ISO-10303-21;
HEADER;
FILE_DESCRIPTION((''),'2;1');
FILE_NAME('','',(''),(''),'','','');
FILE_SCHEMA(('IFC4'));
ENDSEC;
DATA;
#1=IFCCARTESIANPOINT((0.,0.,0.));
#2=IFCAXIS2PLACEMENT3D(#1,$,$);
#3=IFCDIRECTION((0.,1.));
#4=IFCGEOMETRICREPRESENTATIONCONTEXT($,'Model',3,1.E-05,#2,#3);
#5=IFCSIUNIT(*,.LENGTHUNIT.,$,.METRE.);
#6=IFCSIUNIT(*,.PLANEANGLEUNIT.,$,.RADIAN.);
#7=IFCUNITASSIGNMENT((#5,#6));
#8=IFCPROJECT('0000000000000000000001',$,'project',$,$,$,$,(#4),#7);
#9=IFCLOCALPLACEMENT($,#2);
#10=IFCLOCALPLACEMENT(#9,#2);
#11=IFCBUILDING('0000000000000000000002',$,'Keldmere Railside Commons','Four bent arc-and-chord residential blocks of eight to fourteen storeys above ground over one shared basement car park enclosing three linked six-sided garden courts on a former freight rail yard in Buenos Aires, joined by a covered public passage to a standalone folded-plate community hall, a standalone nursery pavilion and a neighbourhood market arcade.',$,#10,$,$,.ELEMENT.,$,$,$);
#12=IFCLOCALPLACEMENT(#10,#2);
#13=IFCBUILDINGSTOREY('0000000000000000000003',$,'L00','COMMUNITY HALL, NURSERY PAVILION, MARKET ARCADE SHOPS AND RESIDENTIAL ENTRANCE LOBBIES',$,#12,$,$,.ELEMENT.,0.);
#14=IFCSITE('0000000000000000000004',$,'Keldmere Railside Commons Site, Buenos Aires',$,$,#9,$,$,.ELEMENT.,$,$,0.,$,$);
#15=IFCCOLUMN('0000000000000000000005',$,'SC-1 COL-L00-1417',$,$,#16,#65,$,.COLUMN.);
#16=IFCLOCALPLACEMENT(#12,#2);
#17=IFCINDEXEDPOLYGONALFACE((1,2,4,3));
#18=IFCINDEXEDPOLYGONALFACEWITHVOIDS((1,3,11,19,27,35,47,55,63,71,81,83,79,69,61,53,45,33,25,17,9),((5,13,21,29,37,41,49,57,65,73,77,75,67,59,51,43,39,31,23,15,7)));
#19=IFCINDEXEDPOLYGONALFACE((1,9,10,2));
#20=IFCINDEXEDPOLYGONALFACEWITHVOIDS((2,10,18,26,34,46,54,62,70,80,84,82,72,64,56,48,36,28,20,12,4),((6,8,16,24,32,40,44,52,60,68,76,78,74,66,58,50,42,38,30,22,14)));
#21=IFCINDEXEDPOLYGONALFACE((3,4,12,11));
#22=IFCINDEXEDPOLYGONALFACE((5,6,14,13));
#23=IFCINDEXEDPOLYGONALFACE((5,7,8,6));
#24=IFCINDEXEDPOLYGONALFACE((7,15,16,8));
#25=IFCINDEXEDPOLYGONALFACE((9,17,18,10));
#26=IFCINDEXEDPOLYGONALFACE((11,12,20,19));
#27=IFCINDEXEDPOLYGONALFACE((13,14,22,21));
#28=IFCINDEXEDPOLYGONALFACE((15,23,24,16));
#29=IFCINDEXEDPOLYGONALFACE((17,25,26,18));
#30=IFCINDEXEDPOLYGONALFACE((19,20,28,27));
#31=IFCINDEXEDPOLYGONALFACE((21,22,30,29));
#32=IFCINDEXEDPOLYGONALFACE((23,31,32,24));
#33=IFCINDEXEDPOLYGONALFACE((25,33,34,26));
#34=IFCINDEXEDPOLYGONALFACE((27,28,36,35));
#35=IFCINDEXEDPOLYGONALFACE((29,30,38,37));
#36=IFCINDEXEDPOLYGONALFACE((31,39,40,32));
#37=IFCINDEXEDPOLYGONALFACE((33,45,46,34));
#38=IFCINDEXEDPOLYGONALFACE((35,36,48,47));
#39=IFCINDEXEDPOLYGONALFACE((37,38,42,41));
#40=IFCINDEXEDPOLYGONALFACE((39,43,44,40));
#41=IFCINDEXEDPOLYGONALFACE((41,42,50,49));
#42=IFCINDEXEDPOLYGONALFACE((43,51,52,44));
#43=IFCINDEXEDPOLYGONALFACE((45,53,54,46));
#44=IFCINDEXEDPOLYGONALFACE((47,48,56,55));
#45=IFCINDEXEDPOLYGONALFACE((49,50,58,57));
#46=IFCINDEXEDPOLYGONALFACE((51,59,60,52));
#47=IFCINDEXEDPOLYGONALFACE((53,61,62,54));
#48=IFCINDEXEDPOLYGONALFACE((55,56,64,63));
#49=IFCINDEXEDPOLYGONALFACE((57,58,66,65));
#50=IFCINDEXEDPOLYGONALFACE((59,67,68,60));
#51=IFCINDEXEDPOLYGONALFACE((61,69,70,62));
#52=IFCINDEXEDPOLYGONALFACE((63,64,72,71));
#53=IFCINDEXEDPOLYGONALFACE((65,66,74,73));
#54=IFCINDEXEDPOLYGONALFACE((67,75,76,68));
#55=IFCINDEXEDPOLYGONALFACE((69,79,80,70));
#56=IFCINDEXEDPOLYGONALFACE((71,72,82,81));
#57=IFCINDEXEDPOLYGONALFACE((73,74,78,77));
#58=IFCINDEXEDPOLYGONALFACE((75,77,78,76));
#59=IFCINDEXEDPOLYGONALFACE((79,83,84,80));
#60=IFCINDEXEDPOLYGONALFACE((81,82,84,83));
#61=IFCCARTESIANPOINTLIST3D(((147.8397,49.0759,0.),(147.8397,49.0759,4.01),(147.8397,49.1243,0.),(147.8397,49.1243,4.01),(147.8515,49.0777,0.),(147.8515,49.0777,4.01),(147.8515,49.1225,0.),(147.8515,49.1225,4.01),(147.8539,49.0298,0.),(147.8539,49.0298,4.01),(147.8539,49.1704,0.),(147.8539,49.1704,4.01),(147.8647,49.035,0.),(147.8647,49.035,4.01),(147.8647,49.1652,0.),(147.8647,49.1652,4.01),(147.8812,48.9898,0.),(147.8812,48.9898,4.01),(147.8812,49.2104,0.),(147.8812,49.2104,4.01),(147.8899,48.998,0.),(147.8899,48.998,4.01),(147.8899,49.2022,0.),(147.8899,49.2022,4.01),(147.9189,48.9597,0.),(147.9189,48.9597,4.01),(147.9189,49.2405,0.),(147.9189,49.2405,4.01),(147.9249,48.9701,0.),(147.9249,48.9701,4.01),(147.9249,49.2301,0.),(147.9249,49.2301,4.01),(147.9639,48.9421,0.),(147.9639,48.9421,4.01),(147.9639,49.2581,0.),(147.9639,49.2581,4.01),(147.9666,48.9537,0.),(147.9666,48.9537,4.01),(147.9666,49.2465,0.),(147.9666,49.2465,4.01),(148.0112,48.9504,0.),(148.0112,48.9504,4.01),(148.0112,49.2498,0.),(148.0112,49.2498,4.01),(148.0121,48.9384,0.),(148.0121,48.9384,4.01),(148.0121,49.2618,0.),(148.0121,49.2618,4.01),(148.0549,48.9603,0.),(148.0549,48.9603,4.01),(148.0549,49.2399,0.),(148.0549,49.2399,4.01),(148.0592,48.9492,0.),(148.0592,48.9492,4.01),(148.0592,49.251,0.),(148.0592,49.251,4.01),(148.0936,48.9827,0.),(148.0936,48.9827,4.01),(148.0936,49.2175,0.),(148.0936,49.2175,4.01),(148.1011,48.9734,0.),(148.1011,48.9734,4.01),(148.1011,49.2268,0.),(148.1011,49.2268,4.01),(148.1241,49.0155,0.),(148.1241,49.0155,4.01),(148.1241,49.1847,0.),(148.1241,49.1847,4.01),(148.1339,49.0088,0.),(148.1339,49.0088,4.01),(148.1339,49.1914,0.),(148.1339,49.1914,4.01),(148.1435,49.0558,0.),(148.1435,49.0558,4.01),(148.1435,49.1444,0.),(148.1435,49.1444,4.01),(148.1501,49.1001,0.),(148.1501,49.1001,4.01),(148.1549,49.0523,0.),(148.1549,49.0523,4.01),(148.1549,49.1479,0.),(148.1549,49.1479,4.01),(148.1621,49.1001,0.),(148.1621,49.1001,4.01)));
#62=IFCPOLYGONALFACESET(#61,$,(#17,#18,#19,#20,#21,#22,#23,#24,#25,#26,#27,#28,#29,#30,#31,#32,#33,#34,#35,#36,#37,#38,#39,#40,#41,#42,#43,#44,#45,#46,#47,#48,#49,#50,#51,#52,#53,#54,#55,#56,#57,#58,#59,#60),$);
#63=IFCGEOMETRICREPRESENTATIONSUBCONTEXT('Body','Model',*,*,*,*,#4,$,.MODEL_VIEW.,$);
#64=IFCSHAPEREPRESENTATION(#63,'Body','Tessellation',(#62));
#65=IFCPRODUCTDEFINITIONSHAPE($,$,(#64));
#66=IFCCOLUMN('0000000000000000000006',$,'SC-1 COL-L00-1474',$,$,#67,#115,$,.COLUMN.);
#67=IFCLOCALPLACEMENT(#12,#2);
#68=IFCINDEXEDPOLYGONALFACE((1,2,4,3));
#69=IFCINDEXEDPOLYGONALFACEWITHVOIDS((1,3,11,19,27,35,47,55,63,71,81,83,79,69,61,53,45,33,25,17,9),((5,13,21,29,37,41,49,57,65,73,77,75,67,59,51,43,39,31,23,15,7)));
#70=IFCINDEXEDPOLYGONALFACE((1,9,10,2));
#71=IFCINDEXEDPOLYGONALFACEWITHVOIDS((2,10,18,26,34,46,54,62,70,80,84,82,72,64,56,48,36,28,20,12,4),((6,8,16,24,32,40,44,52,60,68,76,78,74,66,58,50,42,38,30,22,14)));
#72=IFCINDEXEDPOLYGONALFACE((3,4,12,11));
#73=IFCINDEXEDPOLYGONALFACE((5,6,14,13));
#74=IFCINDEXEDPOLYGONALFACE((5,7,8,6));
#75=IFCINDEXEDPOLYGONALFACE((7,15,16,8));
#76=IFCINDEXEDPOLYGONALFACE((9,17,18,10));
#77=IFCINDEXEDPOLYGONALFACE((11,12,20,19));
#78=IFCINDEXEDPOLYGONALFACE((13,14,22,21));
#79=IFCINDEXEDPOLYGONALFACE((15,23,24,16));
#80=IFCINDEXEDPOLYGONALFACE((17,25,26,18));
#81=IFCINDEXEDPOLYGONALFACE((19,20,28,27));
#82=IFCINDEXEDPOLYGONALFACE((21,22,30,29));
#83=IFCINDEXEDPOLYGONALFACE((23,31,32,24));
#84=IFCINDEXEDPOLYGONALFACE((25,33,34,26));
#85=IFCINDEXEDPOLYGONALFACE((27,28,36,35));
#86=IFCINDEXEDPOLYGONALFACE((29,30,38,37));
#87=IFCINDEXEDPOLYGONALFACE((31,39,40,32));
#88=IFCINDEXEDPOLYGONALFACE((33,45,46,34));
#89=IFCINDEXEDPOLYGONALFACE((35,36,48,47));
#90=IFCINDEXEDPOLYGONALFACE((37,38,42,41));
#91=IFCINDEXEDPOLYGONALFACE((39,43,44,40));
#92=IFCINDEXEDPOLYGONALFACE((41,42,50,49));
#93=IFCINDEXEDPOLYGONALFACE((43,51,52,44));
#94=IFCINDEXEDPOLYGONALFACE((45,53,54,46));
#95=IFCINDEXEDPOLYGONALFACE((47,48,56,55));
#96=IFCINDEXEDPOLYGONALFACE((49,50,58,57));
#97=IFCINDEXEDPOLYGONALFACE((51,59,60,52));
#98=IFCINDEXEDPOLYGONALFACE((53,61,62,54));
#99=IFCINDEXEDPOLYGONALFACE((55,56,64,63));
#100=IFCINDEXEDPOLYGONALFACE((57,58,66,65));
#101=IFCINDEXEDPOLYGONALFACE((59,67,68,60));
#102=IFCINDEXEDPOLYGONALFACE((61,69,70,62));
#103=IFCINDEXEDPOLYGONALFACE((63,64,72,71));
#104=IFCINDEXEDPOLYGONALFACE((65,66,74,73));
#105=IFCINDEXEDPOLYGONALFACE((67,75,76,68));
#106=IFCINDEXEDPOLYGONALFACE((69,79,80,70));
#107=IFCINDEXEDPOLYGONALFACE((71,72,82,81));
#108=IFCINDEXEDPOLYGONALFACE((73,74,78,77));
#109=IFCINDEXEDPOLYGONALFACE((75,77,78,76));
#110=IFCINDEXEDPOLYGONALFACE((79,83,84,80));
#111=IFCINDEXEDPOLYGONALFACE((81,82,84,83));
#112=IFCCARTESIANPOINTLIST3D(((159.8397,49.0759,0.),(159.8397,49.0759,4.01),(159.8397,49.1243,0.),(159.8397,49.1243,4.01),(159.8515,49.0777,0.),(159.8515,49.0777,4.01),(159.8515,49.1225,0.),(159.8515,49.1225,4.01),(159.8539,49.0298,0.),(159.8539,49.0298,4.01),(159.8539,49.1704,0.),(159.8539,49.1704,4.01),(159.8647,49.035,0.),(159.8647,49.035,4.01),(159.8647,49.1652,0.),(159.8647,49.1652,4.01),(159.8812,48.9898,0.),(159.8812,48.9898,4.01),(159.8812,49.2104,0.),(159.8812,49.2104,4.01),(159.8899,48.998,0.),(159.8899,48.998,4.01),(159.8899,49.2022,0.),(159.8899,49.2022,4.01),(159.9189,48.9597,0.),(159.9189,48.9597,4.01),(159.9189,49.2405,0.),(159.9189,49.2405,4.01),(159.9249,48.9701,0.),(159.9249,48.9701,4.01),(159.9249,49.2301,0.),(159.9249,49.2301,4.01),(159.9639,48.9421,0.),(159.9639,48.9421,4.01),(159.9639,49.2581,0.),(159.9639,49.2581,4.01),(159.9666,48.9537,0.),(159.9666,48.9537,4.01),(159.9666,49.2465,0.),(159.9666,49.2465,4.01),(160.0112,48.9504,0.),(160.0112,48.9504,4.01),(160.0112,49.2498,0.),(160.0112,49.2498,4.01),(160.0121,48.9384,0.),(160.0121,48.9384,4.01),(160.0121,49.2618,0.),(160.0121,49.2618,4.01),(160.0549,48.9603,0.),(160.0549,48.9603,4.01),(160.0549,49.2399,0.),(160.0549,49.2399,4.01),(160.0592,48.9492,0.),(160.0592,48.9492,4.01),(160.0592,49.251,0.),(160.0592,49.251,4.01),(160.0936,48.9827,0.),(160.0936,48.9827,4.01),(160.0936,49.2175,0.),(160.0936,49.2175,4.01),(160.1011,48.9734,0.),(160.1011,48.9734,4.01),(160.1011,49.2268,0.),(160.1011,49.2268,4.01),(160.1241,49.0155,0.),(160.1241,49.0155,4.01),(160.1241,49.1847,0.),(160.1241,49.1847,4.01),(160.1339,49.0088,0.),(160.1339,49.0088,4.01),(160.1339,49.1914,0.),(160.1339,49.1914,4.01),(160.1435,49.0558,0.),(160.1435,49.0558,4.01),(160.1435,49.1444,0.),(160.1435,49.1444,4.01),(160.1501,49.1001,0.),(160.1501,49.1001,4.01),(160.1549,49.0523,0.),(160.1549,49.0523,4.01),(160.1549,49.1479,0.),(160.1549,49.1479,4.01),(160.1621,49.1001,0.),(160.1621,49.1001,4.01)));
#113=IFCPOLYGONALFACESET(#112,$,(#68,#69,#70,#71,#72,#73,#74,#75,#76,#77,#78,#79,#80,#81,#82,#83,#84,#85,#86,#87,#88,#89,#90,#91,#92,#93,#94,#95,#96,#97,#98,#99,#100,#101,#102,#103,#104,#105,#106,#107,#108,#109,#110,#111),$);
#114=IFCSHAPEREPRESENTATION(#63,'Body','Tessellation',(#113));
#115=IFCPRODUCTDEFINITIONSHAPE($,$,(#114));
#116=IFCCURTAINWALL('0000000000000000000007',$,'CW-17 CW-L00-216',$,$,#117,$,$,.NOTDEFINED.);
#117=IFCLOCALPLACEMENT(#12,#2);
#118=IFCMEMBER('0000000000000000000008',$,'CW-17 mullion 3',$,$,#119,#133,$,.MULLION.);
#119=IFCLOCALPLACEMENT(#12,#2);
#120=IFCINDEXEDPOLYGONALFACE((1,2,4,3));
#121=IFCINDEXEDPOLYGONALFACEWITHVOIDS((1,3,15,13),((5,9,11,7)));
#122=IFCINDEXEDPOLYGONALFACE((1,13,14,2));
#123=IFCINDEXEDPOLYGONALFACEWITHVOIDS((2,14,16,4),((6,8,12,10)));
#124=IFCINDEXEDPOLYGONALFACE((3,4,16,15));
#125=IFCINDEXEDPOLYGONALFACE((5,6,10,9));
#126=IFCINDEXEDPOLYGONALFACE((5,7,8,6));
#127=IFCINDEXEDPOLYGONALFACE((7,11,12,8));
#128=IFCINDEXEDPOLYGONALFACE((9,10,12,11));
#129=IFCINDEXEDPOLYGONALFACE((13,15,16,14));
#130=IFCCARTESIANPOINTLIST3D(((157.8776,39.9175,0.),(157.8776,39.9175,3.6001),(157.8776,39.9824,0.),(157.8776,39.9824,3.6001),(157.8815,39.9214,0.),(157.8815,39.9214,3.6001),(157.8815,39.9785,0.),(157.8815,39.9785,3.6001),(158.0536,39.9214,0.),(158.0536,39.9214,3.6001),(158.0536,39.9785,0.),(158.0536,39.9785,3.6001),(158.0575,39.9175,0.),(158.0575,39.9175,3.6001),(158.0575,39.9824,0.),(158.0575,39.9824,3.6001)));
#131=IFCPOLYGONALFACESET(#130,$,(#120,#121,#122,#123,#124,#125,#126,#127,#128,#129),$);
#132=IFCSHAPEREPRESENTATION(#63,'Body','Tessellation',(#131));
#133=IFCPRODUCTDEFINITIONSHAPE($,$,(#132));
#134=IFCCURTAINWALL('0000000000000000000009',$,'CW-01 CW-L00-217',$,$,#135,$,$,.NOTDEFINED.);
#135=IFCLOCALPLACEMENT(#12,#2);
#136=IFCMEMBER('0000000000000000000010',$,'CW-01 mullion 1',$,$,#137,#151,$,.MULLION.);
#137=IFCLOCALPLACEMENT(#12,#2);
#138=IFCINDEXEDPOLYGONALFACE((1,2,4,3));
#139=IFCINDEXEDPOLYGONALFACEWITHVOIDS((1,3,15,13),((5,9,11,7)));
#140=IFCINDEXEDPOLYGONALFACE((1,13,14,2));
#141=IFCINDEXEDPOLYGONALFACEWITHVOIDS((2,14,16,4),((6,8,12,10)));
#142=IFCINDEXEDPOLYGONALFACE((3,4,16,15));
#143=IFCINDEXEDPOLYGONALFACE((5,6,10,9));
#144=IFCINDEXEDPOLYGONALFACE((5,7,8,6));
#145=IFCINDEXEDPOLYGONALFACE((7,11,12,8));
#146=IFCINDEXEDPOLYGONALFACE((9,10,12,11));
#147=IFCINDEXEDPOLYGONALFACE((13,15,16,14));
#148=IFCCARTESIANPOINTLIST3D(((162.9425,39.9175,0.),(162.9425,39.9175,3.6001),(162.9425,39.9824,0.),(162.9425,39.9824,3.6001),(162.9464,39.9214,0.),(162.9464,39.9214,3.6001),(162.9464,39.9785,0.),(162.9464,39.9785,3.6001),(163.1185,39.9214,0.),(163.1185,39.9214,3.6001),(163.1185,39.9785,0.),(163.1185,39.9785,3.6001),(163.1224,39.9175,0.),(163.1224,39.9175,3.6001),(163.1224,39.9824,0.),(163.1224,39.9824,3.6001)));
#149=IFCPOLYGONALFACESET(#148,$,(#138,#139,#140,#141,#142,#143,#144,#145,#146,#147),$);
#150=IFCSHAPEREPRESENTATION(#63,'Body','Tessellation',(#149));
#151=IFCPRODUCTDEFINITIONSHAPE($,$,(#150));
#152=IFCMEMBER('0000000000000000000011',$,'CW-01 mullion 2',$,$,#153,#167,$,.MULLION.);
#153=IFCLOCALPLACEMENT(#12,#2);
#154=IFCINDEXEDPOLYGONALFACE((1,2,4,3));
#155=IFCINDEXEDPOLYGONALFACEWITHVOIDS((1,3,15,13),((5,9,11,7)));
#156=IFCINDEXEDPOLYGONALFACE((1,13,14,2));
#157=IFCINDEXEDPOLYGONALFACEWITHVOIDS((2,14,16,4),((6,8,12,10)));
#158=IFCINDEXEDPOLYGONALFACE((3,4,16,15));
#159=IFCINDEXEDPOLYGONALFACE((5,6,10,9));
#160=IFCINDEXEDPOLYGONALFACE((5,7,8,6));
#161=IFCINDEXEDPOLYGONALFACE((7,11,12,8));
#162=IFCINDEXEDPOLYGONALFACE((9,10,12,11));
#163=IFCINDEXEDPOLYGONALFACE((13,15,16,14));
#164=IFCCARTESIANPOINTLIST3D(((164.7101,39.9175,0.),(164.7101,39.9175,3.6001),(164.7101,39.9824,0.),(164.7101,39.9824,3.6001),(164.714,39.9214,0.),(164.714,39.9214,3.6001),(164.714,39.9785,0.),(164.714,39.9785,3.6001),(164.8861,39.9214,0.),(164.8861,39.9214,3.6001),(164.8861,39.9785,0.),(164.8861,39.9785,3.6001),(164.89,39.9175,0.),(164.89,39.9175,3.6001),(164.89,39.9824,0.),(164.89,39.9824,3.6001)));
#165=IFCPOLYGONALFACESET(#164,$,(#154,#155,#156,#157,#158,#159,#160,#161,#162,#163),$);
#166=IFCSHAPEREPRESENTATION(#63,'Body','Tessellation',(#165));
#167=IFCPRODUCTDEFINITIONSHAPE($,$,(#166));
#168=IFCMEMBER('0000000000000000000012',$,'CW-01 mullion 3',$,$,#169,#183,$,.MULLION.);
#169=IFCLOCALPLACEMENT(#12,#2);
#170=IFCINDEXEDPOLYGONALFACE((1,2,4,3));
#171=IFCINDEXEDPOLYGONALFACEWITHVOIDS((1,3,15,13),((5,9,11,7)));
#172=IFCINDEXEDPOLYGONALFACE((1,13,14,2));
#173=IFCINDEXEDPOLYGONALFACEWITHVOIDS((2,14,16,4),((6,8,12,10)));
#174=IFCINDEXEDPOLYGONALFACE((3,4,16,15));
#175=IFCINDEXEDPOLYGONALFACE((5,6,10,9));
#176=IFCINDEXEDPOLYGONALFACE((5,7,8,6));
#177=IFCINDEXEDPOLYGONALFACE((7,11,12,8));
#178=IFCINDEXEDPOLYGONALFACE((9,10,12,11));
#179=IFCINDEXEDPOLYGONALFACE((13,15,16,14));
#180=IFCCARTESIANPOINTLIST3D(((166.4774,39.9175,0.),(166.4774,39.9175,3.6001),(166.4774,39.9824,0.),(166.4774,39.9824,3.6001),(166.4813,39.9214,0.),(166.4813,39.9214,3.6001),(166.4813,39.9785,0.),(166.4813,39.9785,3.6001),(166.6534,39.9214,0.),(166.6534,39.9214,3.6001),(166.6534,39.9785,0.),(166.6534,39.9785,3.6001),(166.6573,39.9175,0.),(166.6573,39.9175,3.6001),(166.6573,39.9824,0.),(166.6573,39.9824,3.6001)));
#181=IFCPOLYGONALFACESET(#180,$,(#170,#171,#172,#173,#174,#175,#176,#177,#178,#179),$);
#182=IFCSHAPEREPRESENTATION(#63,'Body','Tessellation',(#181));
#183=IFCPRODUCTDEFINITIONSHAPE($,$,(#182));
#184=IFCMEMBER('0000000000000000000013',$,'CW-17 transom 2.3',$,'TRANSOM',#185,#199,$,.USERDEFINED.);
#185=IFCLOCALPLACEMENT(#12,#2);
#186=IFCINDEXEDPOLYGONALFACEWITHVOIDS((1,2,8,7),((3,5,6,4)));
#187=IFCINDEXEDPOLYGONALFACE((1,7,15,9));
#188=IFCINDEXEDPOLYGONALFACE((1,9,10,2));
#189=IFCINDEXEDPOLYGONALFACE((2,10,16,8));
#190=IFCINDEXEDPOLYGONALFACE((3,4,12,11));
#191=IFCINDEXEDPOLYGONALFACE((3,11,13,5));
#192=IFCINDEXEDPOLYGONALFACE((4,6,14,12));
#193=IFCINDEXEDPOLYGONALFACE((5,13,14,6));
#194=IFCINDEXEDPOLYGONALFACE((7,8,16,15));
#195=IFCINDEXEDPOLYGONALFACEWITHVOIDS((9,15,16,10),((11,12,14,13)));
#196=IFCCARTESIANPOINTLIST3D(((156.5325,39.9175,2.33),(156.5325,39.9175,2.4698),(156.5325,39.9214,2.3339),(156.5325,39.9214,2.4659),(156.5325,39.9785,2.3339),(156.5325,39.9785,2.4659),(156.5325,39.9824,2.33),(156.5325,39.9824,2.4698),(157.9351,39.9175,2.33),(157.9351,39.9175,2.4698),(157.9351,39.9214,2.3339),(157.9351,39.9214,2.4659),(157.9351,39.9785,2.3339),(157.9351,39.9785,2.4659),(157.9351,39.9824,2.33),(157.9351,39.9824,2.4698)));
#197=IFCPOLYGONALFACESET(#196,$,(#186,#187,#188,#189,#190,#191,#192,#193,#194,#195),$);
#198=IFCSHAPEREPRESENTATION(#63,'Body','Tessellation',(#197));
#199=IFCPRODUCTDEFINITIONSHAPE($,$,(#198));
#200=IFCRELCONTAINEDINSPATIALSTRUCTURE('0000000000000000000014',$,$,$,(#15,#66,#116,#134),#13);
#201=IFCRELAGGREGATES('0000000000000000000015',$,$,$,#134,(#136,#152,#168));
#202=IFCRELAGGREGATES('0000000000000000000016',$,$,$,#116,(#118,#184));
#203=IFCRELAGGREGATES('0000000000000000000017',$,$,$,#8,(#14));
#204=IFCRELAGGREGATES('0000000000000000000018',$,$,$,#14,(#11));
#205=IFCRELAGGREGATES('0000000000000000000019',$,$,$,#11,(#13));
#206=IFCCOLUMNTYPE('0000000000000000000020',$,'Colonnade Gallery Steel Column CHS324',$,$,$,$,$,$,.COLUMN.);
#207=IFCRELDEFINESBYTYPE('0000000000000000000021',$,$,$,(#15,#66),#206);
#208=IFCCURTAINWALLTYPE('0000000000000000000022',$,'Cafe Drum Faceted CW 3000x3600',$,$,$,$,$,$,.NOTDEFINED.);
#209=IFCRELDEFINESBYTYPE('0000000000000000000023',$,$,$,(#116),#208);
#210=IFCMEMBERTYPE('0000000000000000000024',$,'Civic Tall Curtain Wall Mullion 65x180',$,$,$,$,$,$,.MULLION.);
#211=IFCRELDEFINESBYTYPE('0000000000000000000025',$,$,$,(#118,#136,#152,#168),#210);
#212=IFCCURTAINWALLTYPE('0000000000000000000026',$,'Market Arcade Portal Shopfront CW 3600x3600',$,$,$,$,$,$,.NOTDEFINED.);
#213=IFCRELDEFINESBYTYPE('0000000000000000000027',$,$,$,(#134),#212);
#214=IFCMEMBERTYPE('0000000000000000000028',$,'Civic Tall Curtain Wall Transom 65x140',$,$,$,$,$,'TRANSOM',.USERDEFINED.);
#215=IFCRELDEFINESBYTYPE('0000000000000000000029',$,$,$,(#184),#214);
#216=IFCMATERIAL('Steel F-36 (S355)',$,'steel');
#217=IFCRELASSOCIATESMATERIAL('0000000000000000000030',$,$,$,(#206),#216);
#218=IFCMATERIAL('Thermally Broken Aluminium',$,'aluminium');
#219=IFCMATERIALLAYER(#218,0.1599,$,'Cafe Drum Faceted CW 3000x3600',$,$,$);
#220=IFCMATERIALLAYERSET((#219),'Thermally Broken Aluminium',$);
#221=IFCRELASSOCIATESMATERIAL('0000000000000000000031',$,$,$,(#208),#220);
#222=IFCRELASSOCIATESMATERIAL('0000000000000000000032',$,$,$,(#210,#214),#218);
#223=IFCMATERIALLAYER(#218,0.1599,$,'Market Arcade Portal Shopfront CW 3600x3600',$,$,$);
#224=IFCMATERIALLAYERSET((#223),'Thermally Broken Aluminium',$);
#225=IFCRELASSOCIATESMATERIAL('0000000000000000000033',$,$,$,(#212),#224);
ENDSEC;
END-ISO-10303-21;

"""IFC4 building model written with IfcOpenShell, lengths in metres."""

from ifc_helpers import new_model, si_unit, direction, frame, origin, origin_2d, place, context, subcontext, project, spatial, hollow_rectangle, hollow_circle, extrude, material, layer, layer_set, material_profile, profile_set, type_object, element, aggregate, save


model = new_model("IFC4")

# Units and contexts
model_context = context("Model", 3, precision=1e-05, world=origin(), true_north=direction((0.0, 1.0)))
body_context = subcontext(model_context, "Body", "Model", "MODEL_VIEW")
ifc_project = project(units=[si_unit("LENGTHUNIT", "METRE"), si_unit("PLANEANGLEUNIT", "RADIAN")], contexts=[model_context])

# Site, building, storey
site_placement = place(None, origin())
site = spatial("IfcSite", under=ifc_project, at=site_placement, Name="Keldmere Railside Commons Site, Buenos Aires", CompositionType="ELEMENT", RefElevation=0.0)
building_placement = place(site_placement, origin())
building = spatial("IfcBuilding", under=site, at=building_placement, Name="Keldmere Railside Commons", Description="Four bent arc-and-chord residential blocks of eight to fourteen storeys above ground over one shared basement car park enclosing three linked six-sided garden courts on a former freight rail yard in Buenos Aires, joined by a covered public passage to a standalone folded-plate community hall, a standalone nursery pavilion and a neighbourhood market arcade.", CompositionType="ELEMENT")
storey_placement = place(building_placement, origin())
storey = spatial("IfcBuildingStorey", under=building, at=storey_placement, Name="L00", Description="COMMUNITY HALL, NURSERY PAVILION, MARKET ARCADE SHOPS AND RESIDENTIAL ENTRANCE LOBBIES", CompositionType="ELEMENT", Elevation=0.0)

# Columns
ifc_material_1 = material(Name="Steel F-36 (S355)", Category="steel")
ifc_material_profile_1 = material_profile(ifc_material_1, hollow_circle(Radius=0.1621, WallThickness=0.012, at=origin_2d()), Name="CHS-324x12")
ifc_profile_set_1 = profile_set([ifc_material_profile_1], Name="Steel F-36 (S355)")
column_type = type_object("IfcColumnType", Name="Colonnade Gallery Steel Column CHS324", PredefinedType="COLUMN", material=ifc_profile_set_1)
for number, where, z_axis, x_axis, name in (
    (1, (148.0, 49.1001, 0.0), (0.0, 0.0, 1.0), (1.0, 0.0, 0.0), "SC-1 COL-L00-1417"),
    (2, (160.0, 49.1001, 0.0), (0.0, 0.0, 1.0), (1.0, 0.0, 0.0), "SC-1 COL-L00-1474"),
):
    element("IfcColumn", number, at=place(storey_placement, frame(where, z_axis=z_axis, x_axis=x_axis)), inside=storey, type_object=column_type, Name=name, PredefinedType="COLUMN", context=body_context, shape_type="SweptSolid", body=[
        extrude(hollow_circle(Radius=0.1621, WallThickness=0.012, at=origin_2d()), origin(), (0.0, 0.0, 1.0), 4.01),
    ])

# Curtain wall, member
ifc_material_2 = material(Name="Thermally Broken Aluminium", Category="aluminium")
ifc_layer_1 = layer(ifc_material_2, 0.1599, Name="Cafe Drum Faceted CW 3000x3600")
ifc_layer_set_1 = layer_set([ifc_layer_1], Name="Thermally Broken Aluminium")
curtain_wall_type_1 = type_object("IfcCurtainWallType", Name="Cafe Drum Faceted CW 3000x3600", PredefinedType="NOTDEFINED", material=ifc_layer_set_1)
curtain_wall_1_placement = place(storey_placement, origin())
curtain_wall_1 = element("IfcCurtainWall", 3, at=curtain_wall_1_placement, inside=storey, type_object=curtain_wall_type_1, Name="CW-17 CW-L00-216", PredefinedType="NOTDEFINED")
ifc_material_profile_2 = material_profile(ifc_material_2, hollow_rectangle(XDim=0.0649, YDim=0.1799, WallThickness=0.0039, at=origin_2d()), Name="ALU-MULL-65x180")
ifc_profile_set_2 = profile_set([ifc_material_profile_2], Name="Thermally Broken Aluminium")
member_type_1 = type_object("IfcMemberType", Name="Civic Tall Curtain Wall Mullion 65x180", PredefinedType="MULLION", material=ifc_profile_set_2)
member_1_placement = place(storey_placement, frame((157.9675, 39.95, 0.0), z_axis=(0.0, 0.0, 1.0), x_axis=(0.0, 1.0, 0.0)))
member_1 = element("IfcMember", 4, at=member_1_placement, type_object=member_type_1, Name="CW-17 mullion 3", PredefinedType="MULLION", context=body_context, shape_type="SweptSolid", body=[
    extrude(hollow_rectangle(XDim=0.0649, YDim=0.1799, WallThickness=0.0039, at=origin_2d()), origin(), (0.0, 0.0, 1.0), 3.6001),
])

# Curtain wall, members
ifc_layer_2 = layer(ifc_material_2, 0.1599, Name="Market Arcade Portal Shopfront CW 3600x3600")
ifc_layer_set_2 = layer_set([ifc_layer_2], Name="Thermally Broken Aluminium")
curtain_wall_type_2 = type_object("IfcCurtainWallType", Name="Market Arcade Portal Shopfront CW 3600x3600", PredefinedType="NOTDEFINED", material=ifc_layer_set_2)
curtain_wall_2_placement = place(storey_placement, origin())
curtain_wall_2 = element("IfcCurtainWall", 5, at=curtain_wall_2_placement, inside=storey, type_object=curtain_wall_type_2, Name="CW-01 CW-L00-217", PredefinedType="NOTDEFINED")
member_2_placement = place(storey_placement, frame((163.0325, 39.95, 0.0), z_axis=(0.0, 0.0, 1.0), x_axis=(0.0, 1.0, 0.0)))
member_2 = element("IfcMember", 6, at=member_2_placement, type_object=member_type_1, Name="CW-01 mullion 1", PredefinedType="MULLION", context=body_context, shape_type="SweptSolid", body=[
    extrude(hollow_rectangle(XDim=0.0649, YDim=0.1799, WallThickness=0.0039, at=origin_2d()), origin(), (0.0, 0.0, 1.0), 3.6001),
])
member_3_placement = place(storey_placement, frame((164.8, 39.95, 0.0), z_axis=(0.0, 0.0, 1.0), x_axis=(0.0, 1.0, 0.0)))
member_3 = element("IfcMember", 7, at=member_3_placement, type_object=member_type_1, Name="CW-01 mullion 2", PredefinedType="MULLION", context=body_context, shape_type="SweptSolid", body=[
    extrude(hollow_rectangle(XDim=0.0649, YDim=0.1799, WallThickness=0.0039, at=origin_2d()), origin(), (0.0, 0.0, 1.0), 3.6001),
])
member_4_placement = place(storey_placement, frame((166.5674, 39.95, 0.0), z_axis=(0.0, 0.0, 1.0), x_axis=(0.0, 1.0, 0.0)))
member_4 = element("IfcMember", 8, at=member_4_placement, type_object=member_type_1, Name="CW-01 mullion 3", PredefinedType="MULLION", context=body_context, shape_type="SweptSolid", body=[
    extrude(hollow_rectangle(XDim=0.0649, YDim=0.1799, WallThickness=0.0039, at=origin_2d()), origin(), (0.0, 0.0, 1.0), 3.6001),
])

# Member
ifc_material_profile_3 = material_profile(ifc_material_2, hollow_rectangle(XDim=0.0649, YDim=0.1399, WallThickness=0.0039, at=origin_2d()), Name="ALU-TRAN-65x140")
ifc_profile_set_3 = profile_set([ifc_material_profile_3], Name="Thermally Broken Aluminium")
member_type_2 = type_object("IfcMemberType", Name="Civic Tall Curtain Wall Transom 65x140", ElementType="TRANSOM", PredefinedType="USERDEFINED", material=ifc_profile_set_3)
member_5_placement = place(storey_placement, frame((156.5325, 39.95, 2.3999), z_axis=(1.0, 0.0, 0.0), x_axis=(0.0, 1.0, 0.0)))
member_5 = element("IfcMember", 9, at=member_5_placement, type_object=member_type_2, Name="CW-17 transom 2.3", ObjectType="TRANSOM", PredefinedType="USERDEFINED", context=body_context, shape_type="SweptSolid", body=[
    extrude(hollow_rectangle(XDim=0.0649, YDim=0.1399, WallThickness=0.0039, at=origin_2d()), origin(), (0.0, 0.0, 1.0), 1.4026),
])

aggregate(curtain_wall_2, [member_2, member_3, member_4])

aggregate(curtain_wall_1, [member_1, member_5])

save(model, "model.ifc")
